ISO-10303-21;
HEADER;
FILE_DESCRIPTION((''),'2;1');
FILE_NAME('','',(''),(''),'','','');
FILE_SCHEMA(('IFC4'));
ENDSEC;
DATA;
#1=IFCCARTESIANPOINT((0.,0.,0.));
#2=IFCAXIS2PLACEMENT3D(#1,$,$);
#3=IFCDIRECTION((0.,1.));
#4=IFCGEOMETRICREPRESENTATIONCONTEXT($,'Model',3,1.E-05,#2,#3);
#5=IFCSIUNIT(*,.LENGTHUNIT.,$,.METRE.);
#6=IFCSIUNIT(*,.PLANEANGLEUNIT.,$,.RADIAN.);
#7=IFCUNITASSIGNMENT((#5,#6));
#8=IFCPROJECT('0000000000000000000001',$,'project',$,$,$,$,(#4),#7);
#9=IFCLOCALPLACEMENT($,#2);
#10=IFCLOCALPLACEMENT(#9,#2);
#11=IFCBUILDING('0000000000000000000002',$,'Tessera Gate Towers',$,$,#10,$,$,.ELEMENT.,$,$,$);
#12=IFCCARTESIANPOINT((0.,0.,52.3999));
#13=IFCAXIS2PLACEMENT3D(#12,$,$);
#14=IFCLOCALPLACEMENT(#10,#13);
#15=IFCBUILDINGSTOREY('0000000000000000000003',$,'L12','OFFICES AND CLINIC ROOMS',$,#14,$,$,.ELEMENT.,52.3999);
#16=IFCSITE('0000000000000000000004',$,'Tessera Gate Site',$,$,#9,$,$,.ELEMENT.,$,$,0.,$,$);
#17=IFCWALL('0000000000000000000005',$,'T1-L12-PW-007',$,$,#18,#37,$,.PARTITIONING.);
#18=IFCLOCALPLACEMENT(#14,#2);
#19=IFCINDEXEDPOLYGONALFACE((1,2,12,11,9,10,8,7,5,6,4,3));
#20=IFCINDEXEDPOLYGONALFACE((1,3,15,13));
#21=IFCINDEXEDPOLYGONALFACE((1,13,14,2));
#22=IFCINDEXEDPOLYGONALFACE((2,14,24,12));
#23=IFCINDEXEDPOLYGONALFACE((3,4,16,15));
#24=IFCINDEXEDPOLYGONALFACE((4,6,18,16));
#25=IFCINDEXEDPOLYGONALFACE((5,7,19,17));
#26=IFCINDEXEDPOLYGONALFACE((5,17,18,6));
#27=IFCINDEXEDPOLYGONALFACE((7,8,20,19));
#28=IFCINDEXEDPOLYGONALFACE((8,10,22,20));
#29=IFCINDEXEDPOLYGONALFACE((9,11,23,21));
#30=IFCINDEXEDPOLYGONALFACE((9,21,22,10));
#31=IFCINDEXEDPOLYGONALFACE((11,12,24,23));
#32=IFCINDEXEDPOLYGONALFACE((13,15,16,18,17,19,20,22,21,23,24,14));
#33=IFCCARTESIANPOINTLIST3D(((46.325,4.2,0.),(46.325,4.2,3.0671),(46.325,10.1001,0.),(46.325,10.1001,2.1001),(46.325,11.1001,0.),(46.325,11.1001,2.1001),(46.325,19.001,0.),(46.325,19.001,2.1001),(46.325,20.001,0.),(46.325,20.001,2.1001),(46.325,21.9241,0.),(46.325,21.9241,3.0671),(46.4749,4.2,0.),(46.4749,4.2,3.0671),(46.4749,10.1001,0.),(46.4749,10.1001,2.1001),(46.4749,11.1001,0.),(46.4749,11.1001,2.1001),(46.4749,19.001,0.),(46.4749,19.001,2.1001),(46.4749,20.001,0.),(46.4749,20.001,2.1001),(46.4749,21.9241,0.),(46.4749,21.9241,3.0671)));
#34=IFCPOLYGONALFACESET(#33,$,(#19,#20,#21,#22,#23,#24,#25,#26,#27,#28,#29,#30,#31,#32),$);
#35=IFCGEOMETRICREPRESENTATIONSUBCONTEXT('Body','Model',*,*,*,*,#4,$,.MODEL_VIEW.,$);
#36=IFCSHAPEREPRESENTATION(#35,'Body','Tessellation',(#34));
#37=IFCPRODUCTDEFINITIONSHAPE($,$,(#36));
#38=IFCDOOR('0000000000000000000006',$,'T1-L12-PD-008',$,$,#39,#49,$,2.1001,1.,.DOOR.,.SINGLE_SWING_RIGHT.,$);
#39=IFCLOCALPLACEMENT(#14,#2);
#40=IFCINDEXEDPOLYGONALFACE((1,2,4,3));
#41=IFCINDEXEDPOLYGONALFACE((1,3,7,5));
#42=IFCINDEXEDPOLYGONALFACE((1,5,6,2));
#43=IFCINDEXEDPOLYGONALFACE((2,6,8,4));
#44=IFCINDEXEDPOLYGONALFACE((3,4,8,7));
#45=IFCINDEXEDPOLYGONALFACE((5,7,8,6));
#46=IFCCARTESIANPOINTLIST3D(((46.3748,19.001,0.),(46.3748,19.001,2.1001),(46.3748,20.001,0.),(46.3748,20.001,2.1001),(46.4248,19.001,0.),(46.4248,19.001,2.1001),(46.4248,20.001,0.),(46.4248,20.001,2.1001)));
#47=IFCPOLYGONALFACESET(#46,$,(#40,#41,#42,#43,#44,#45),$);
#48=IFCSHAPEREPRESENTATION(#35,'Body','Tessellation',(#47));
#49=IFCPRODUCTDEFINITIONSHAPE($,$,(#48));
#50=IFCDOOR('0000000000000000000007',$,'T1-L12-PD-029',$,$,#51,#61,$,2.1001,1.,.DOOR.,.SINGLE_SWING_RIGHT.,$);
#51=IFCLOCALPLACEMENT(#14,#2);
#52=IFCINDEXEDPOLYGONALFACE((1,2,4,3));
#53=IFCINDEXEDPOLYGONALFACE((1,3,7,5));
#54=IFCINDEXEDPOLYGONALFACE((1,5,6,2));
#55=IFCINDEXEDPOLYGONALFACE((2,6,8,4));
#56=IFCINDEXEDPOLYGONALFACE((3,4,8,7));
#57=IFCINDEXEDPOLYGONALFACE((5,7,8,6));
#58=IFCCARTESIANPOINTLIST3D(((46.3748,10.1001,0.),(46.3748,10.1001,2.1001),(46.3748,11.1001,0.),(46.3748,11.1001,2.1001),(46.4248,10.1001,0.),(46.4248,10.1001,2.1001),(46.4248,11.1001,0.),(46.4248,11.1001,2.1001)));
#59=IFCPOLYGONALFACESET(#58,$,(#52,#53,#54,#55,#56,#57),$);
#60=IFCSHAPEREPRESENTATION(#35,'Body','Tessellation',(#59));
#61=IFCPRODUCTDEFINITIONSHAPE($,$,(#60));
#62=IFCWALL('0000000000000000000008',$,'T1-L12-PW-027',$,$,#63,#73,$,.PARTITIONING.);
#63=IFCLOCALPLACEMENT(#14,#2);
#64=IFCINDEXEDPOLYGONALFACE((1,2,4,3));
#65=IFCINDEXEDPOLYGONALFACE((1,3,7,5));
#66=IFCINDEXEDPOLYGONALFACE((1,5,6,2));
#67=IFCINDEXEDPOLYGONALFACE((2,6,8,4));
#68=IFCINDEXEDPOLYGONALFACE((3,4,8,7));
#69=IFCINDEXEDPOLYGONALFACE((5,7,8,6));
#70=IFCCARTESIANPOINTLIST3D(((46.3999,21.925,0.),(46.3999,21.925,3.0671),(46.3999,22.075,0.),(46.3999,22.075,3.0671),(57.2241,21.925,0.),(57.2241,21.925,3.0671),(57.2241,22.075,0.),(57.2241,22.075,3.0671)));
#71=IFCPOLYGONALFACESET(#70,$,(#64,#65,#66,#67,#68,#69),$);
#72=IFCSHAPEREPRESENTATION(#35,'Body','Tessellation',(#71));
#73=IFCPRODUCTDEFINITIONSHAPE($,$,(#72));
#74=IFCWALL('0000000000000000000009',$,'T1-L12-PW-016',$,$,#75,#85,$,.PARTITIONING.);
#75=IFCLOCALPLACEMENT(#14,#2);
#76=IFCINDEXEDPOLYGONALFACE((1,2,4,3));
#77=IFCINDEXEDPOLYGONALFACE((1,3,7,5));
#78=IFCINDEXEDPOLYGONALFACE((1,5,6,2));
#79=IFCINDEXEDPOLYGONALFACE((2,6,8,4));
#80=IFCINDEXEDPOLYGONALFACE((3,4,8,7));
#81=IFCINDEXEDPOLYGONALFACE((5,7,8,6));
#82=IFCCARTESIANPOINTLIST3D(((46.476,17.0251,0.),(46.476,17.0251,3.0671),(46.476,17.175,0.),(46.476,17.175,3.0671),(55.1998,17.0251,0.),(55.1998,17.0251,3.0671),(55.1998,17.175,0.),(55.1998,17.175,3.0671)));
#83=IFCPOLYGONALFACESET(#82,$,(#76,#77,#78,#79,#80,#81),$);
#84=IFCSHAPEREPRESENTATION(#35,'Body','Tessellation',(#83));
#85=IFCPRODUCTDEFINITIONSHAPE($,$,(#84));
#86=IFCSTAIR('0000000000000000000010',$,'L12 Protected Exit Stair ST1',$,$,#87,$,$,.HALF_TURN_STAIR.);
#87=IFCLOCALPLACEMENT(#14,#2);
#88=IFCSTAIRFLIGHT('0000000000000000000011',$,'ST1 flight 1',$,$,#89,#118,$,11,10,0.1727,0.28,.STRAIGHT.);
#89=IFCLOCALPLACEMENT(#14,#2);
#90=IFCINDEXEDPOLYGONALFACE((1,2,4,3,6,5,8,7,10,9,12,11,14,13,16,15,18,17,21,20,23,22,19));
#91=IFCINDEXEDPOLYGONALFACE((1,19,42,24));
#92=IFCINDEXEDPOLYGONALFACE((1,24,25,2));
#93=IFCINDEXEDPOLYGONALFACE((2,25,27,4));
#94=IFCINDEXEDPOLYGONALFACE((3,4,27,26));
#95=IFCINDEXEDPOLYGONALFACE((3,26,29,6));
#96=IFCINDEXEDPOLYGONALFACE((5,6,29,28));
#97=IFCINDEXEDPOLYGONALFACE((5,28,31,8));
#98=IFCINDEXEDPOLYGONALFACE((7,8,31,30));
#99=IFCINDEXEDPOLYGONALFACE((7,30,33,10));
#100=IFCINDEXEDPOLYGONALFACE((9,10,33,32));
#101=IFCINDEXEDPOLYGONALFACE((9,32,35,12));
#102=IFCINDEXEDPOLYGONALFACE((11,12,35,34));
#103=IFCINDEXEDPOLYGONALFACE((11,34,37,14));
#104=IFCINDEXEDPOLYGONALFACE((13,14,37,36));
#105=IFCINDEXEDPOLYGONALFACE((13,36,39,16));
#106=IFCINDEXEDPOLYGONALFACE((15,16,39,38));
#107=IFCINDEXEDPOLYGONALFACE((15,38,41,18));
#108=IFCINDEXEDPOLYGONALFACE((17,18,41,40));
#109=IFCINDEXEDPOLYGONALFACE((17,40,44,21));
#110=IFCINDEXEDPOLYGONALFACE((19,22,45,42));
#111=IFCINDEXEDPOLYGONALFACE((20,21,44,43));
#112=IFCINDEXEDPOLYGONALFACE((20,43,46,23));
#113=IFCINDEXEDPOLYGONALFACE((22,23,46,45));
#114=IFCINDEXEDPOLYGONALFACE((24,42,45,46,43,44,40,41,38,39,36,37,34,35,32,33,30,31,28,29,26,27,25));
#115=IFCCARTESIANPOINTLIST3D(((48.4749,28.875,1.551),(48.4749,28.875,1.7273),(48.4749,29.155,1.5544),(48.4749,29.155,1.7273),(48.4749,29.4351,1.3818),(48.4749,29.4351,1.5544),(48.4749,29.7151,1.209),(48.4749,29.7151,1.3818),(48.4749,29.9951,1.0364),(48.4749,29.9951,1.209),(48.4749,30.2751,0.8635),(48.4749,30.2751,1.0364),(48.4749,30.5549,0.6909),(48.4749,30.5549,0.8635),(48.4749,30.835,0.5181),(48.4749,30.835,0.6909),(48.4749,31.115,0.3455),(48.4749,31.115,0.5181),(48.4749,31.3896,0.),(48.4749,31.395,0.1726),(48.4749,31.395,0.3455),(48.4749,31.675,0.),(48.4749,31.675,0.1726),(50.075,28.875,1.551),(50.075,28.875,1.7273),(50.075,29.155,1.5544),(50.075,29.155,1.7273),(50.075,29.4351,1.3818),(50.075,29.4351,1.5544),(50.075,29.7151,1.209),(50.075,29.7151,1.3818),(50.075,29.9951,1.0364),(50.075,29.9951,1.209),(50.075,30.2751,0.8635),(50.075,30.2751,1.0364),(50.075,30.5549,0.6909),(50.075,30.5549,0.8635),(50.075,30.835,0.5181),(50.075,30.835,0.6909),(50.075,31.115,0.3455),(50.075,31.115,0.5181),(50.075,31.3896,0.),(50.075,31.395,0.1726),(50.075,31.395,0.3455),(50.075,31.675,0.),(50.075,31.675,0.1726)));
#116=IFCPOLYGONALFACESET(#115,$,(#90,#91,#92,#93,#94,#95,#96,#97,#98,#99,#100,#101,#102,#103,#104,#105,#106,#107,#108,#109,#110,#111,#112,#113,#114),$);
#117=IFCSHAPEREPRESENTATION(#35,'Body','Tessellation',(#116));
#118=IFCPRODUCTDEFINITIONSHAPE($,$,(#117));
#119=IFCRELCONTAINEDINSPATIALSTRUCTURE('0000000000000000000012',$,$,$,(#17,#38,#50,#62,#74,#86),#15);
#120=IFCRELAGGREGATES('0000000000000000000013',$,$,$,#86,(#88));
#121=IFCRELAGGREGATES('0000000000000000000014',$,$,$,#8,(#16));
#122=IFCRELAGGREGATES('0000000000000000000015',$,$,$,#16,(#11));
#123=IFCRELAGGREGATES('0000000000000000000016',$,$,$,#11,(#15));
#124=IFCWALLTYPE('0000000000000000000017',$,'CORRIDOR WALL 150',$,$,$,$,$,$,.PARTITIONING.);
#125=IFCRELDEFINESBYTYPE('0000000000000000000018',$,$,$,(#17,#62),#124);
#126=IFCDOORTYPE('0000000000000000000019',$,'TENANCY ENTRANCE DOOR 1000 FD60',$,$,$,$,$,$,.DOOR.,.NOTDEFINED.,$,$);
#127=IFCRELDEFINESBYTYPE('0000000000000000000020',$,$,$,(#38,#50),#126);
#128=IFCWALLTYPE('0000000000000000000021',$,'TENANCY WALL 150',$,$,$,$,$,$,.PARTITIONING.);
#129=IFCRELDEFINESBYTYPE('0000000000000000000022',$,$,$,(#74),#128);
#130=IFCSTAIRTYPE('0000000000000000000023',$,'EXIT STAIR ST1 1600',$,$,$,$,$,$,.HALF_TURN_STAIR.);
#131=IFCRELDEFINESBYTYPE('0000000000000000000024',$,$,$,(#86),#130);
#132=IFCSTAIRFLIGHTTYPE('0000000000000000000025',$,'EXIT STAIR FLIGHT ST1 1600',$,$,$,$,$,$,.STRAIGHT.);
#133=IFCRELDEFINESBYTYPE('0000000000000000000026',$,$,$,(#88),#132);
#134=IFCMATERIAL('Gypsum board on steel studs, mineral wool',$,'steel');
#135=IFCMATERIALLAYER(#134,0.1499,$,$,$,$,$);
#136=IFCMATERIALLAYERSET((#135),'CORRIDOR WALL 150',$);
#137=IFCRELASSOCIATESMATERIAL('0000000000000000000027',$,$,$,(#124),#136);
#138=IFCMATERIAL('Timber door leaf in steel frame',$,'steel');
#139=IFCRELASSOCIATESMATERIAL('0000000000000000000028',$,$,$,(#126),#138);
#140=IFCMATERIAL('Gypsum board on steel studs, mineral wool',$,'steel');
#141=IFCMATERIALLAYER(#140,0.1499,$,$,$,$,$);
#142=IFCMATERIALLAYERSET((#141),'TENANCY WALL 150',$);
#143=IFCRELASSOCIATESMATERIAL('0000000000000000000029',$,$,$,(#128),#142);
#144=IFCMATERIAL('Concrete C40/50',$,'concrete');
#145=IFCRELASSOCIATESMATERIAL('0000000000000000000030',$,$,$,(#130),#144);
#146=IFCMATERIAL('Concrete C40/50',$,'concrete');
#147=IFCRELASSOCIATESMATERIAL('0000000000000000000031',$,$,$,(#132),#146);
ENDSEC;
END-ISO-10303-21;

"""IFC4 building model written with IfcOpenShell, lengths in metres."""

from ifc_helpers import new_model, si_unit, direction, frame, frame_2d, origin, place, context, subcontext, project, spatial, polyline, rectangle, outline, extrude, source, transform, mapped, material, layer, layer_set, type_object, element, fill, aggregate, save


model = new_model("IFC4")

# Units and contexts
model_context = context("Model", 3, precision=1e-05, world=origin(), true_north=direction((0.0, 1.0)))
body_context = subcontext(model_context, "Body", "Model", "MODEL_VIEW")
ifc_project = project(units=[si_unit("LENGTHUNIT", "METRE"), si_unit("PLANEANGLEUNIT", "RADIAN")], contexts=[model_context])

# Site, building, storey
site_placement = place(None, origin())
site = spatial("IfcSite", under=ifc_project, at=site_placement, Name="Tessera Gate Site", CompositionType="ELEMENT", RefElevation=0.0)
building_placement = place(site_placement, origin())
building = spatial("IfcBuilding", under=site, at=building_placement, Name="Tessera Gate Towers", CompositionType="ELEMENT")
storey_placement = place(building_placement, frame((0.0, 0.0, 52.3999)))
storey = spatial("IfcBuildingStorey", under=building, at=storey_placement, Name="L12", Description="OFFICES AND CLINIC ROOMS", CompositionType="ELEMENT", Elevation=52.3999)

# Wall, openings, doors
ifc_material_1 = material(Name="Gypsum board on steel studs, mineral wool", Category="steel")
ifc_layer_1 = layer(ifc_material_1, 0.1499)
ifc_layer_set_1 = layer_set([ifc_layer_1], Name="CORRIDOR WALL 150")
wall_type_1 = type_object("IfcWallType", Name="CORRIDOR WALL 150", PredefinedType="PARTITIONING", material=ifc_layer_set_1)
wall_1_placement = place(storey_placement, frame((46.3999, 21.9241, 0.0), z_axis=(0.0, 0.0, 1.0), x_axis=(0.0, -1.0, 0.0)))
wall_1 = element("IfcWall", 1, at=wall_1_placement, inside=storey, type_object=wall_type_1, Name="T1-L12-PW-007", PredefinedType="PARTITIONING", context=body_context, shape_type="SweptSolid", body=[
    extrude(rectangle(XDim=17.7241, YDim=0.1499, at=frame_2d((8.8621, 0.0))), origin(), (0.0, 0.0, 1.0), 3.0671),
])
shared_shape_1 = source(origin(), body_context, "Body", "SweptSolid", [
    extrude(rectangle(XDim=1.0, YDim=2.1001, at=frame_2d((0.5, 1.05))), frame((0.0, 0.085, 0.0), z_axis=(0.0, -1.0, 0.0), x_axis=(1.0, 0.0, 0.0)), (0.0, 0.0, 1.0), 0.1699),
])
opening_1_placement = place(wall_1_placement, frame((1.9231, 0.0, 0.0)))
opening_1 = element("IfcOpeningElement", 2, at=opening_1_placement, cuts=wall_1, PredefinedType="OPENING", context=body_context, shape_type="MappedRepresentation", body=[
    mapped(shared_shape_1, transform((0.0, 0.0, 0.0), scale=1.0)),
])
opening_2_placement = place(wall_1_placement, frame((10.824, 0.0, 0.0)))
opening_2 = element("IfcOpeningElement", 3, at=opening_2_placement, cuts=wall_1, PredefinedType="OPENING", context=body_context, shape_type="MappedRepresentation", body=[
    mapped(shared_shape_1, transform((0.0, 0.0, 0.0), scale=1.0)),
])
ifc_material_2 = material(Name="Timber door leaf in steel frame", Category="steel")
door_type = type_object("IfcDoorType", Name="TENANCY ENTRANCE DOOR 1000 FD60", OperationType="NOTDEFINED", PredefinedType="DOOR", material=ifc_material_2)
shared_shape_2 = source(origin(), body_context, "Body", "SweptSolid", [
    extrude(rectangle(XDim=1.0, YDim=2.1001, at=frame_2d((0.5, 1.05))), frame((0.0, 0.0249, 0.0), z_axis=(0.0, -1.0, 0.0), x_axis=(1.0, 0.0, 0.0)), (0.0, 0.0, 1.0), 0.05),
])
door_1_placement = place(opening_1_placement, origin())
door_1 = element("IfcDoor", 4, at=door_1_placement, inside=storey, type_object=door_type, Name="T1-L12-PD-008", OperationType="SINGLE_SWING_RIGHT", OverallHeight=2.1001, OverallWidth=1.0, PredefinedType="DOOR", context=body_context, shape_type="MappedRepresentation", body=[
    mapped(shared_shape_2, transform((0.0, 0.0, 0.0), scale=1.0)),
])
fill(opening_1, door_1)
door_2_placement = place(opening_2_placement, origin())
door_2 = element("IfcDoor", 5, at=door_2_placement, inside=storey, type_object=door_type, Name="T1-L12-PD-029", OperationType="SINGLE_SWING_RIGHT", OverallHeight=2.1001, OverallWidth=1.0, PredefinedType="DOOR", context=body_context, shape_type="MappedRepresentation", body=[
    mapped(shared_shape_2, transform((0.0, 0.0, 0.0), scale=1.0)),
])
fill(opening_2, door_2)

# Walls
wall_2_placement = place(storey_placement, frame((46.3999, 22.0, 0.0), z_axis=(0.0, 0.0, 1.0), x_axis=(1.0, 0.0, 0.0)))
element("IfcWall", 6, at=wall_2_placement, inside=storey, type_object=wall_type_1, Name="T1-L12-PW-027", PredefinedType="PARTITIONING", context=body_context, shape_type="SweptSolid", body=[
    extrude(rectangle(XDim=10.8242, YDim=0.1499, at=frame_2d((5.4121, 0.0))), origin(), (0.0, 0.0, 1.0), 3.0671),
])
ifc_material_3 = material(Name="Gypsum board on steel studs, mineral wool", Category="steel")
ifc_layer_2 = layer(ifc_material_3, 0.1499)
ifc_layer_set_2 = layer_set([ifc_layer_2], Name="TENANCY WALL 150")
wall_type_2 = type_object("IfcWallType", Name="TENANCY WALL 150", PredefinedType="PARTITIONING", material=ifc_layer_set_2)
wall_3_placement = place(storey_placement, frame((46.4761, 17.1001, 0.0), z_axis=(0.0, 0.0, 1.0), x_axis=(1.0, 0.0, 0.0)))
element("IfcWall", 7, at=wall_3_placement, inside=storey, type_object=wall_type_2, Name="T1-L12-PW-016", PredefinedType="PARTITIONING", context=body_context, shape_type="SweptSolid", body=[
    extrude(rectangle(XDim=8.7239, YDim=0.1499, at=frame_2d((4.3618, 0.0))), origin(), (0.0, 0.0, 1.0), 3.0671),
])

# Stair, stair flight
ifc_material_4 = material(Name="Concrete C40/50", Category="concrete")
stair_type = type_object("IfcStairType", Name="EXIT STAIR ST1 1600", PredefinedType="HALF_TURN_STAIR", material=ifc_material_4)
stair_placement = place(storey_placement, origin())
stair = element("IfcStair", 8, at=stair_placement, inside=storey, type_object=stair_type, Name="L12 Protected Exit Stair ST1", PredefinedType="HALF_TURN_STAIR")
ifc_material_5 = material(Name="Concrete C40/50", Category="concrete")
stair_flight_type = type_object("IfcStairFlightType", Name="EXIT STAIR FLIGHT ST1 1600", PredefinedType="STRAIGHT", material=ifc_material_5)
stair_flight_placement = place(storey_placement, frame((49.2749, 31.675, 0.0), z_axis=(0.0, 0.0, 1.0), x_axis=(0.0, -1.0, 0.0)))
stair_flight = element("IfcStairFlight", 9, at=stair_flight_placement, type_object=stair_flight_type, Name="ST1 flight 1", NumberOfRisers=11, NumberOfTreads=10, PredefinedType="STRAIGHT", RiserHeight=0.1727, TreadLength=0.28, context=body_context, shape_type="SweptSolid", body=[
    extrude(outline(polyline([(0.0, 0.0), (0.0, 0.1726), (0.28, 0.1726), (0.28, 0.3455), (0.5601, 0.3455), (0.5601, 0.5181), (0.8401, 0.5181), (0.8401, 0.6909), (1.1201, 0.6909), (1.1201, 0.8635), (1.3999, 0.8635), (1.3999, 1.0364), (1.6799, 1.0364), (1.6799, 1.209), (1.96, 1.209), (1.96, 1.3818), (2.24, 1.3818), (2.24, 1.5544), (2.52, 1.5544), (2.52, 1.7273), (2.8, 1.7273), (2.8, 1.8999), (2.8, 1.551), (0.2854, 0.0), (0.0, 0.0)])), frame((0.0, 0.8, 0.0), z_axis=(0.0, -1.0, 0.0), x_axis=(1.0, 0.0, 0.0)), (0.0, 0.0, 1.0), 1.6001),
])
aggregate(stair, [stair_flight])

save(model, "model.ifc")
